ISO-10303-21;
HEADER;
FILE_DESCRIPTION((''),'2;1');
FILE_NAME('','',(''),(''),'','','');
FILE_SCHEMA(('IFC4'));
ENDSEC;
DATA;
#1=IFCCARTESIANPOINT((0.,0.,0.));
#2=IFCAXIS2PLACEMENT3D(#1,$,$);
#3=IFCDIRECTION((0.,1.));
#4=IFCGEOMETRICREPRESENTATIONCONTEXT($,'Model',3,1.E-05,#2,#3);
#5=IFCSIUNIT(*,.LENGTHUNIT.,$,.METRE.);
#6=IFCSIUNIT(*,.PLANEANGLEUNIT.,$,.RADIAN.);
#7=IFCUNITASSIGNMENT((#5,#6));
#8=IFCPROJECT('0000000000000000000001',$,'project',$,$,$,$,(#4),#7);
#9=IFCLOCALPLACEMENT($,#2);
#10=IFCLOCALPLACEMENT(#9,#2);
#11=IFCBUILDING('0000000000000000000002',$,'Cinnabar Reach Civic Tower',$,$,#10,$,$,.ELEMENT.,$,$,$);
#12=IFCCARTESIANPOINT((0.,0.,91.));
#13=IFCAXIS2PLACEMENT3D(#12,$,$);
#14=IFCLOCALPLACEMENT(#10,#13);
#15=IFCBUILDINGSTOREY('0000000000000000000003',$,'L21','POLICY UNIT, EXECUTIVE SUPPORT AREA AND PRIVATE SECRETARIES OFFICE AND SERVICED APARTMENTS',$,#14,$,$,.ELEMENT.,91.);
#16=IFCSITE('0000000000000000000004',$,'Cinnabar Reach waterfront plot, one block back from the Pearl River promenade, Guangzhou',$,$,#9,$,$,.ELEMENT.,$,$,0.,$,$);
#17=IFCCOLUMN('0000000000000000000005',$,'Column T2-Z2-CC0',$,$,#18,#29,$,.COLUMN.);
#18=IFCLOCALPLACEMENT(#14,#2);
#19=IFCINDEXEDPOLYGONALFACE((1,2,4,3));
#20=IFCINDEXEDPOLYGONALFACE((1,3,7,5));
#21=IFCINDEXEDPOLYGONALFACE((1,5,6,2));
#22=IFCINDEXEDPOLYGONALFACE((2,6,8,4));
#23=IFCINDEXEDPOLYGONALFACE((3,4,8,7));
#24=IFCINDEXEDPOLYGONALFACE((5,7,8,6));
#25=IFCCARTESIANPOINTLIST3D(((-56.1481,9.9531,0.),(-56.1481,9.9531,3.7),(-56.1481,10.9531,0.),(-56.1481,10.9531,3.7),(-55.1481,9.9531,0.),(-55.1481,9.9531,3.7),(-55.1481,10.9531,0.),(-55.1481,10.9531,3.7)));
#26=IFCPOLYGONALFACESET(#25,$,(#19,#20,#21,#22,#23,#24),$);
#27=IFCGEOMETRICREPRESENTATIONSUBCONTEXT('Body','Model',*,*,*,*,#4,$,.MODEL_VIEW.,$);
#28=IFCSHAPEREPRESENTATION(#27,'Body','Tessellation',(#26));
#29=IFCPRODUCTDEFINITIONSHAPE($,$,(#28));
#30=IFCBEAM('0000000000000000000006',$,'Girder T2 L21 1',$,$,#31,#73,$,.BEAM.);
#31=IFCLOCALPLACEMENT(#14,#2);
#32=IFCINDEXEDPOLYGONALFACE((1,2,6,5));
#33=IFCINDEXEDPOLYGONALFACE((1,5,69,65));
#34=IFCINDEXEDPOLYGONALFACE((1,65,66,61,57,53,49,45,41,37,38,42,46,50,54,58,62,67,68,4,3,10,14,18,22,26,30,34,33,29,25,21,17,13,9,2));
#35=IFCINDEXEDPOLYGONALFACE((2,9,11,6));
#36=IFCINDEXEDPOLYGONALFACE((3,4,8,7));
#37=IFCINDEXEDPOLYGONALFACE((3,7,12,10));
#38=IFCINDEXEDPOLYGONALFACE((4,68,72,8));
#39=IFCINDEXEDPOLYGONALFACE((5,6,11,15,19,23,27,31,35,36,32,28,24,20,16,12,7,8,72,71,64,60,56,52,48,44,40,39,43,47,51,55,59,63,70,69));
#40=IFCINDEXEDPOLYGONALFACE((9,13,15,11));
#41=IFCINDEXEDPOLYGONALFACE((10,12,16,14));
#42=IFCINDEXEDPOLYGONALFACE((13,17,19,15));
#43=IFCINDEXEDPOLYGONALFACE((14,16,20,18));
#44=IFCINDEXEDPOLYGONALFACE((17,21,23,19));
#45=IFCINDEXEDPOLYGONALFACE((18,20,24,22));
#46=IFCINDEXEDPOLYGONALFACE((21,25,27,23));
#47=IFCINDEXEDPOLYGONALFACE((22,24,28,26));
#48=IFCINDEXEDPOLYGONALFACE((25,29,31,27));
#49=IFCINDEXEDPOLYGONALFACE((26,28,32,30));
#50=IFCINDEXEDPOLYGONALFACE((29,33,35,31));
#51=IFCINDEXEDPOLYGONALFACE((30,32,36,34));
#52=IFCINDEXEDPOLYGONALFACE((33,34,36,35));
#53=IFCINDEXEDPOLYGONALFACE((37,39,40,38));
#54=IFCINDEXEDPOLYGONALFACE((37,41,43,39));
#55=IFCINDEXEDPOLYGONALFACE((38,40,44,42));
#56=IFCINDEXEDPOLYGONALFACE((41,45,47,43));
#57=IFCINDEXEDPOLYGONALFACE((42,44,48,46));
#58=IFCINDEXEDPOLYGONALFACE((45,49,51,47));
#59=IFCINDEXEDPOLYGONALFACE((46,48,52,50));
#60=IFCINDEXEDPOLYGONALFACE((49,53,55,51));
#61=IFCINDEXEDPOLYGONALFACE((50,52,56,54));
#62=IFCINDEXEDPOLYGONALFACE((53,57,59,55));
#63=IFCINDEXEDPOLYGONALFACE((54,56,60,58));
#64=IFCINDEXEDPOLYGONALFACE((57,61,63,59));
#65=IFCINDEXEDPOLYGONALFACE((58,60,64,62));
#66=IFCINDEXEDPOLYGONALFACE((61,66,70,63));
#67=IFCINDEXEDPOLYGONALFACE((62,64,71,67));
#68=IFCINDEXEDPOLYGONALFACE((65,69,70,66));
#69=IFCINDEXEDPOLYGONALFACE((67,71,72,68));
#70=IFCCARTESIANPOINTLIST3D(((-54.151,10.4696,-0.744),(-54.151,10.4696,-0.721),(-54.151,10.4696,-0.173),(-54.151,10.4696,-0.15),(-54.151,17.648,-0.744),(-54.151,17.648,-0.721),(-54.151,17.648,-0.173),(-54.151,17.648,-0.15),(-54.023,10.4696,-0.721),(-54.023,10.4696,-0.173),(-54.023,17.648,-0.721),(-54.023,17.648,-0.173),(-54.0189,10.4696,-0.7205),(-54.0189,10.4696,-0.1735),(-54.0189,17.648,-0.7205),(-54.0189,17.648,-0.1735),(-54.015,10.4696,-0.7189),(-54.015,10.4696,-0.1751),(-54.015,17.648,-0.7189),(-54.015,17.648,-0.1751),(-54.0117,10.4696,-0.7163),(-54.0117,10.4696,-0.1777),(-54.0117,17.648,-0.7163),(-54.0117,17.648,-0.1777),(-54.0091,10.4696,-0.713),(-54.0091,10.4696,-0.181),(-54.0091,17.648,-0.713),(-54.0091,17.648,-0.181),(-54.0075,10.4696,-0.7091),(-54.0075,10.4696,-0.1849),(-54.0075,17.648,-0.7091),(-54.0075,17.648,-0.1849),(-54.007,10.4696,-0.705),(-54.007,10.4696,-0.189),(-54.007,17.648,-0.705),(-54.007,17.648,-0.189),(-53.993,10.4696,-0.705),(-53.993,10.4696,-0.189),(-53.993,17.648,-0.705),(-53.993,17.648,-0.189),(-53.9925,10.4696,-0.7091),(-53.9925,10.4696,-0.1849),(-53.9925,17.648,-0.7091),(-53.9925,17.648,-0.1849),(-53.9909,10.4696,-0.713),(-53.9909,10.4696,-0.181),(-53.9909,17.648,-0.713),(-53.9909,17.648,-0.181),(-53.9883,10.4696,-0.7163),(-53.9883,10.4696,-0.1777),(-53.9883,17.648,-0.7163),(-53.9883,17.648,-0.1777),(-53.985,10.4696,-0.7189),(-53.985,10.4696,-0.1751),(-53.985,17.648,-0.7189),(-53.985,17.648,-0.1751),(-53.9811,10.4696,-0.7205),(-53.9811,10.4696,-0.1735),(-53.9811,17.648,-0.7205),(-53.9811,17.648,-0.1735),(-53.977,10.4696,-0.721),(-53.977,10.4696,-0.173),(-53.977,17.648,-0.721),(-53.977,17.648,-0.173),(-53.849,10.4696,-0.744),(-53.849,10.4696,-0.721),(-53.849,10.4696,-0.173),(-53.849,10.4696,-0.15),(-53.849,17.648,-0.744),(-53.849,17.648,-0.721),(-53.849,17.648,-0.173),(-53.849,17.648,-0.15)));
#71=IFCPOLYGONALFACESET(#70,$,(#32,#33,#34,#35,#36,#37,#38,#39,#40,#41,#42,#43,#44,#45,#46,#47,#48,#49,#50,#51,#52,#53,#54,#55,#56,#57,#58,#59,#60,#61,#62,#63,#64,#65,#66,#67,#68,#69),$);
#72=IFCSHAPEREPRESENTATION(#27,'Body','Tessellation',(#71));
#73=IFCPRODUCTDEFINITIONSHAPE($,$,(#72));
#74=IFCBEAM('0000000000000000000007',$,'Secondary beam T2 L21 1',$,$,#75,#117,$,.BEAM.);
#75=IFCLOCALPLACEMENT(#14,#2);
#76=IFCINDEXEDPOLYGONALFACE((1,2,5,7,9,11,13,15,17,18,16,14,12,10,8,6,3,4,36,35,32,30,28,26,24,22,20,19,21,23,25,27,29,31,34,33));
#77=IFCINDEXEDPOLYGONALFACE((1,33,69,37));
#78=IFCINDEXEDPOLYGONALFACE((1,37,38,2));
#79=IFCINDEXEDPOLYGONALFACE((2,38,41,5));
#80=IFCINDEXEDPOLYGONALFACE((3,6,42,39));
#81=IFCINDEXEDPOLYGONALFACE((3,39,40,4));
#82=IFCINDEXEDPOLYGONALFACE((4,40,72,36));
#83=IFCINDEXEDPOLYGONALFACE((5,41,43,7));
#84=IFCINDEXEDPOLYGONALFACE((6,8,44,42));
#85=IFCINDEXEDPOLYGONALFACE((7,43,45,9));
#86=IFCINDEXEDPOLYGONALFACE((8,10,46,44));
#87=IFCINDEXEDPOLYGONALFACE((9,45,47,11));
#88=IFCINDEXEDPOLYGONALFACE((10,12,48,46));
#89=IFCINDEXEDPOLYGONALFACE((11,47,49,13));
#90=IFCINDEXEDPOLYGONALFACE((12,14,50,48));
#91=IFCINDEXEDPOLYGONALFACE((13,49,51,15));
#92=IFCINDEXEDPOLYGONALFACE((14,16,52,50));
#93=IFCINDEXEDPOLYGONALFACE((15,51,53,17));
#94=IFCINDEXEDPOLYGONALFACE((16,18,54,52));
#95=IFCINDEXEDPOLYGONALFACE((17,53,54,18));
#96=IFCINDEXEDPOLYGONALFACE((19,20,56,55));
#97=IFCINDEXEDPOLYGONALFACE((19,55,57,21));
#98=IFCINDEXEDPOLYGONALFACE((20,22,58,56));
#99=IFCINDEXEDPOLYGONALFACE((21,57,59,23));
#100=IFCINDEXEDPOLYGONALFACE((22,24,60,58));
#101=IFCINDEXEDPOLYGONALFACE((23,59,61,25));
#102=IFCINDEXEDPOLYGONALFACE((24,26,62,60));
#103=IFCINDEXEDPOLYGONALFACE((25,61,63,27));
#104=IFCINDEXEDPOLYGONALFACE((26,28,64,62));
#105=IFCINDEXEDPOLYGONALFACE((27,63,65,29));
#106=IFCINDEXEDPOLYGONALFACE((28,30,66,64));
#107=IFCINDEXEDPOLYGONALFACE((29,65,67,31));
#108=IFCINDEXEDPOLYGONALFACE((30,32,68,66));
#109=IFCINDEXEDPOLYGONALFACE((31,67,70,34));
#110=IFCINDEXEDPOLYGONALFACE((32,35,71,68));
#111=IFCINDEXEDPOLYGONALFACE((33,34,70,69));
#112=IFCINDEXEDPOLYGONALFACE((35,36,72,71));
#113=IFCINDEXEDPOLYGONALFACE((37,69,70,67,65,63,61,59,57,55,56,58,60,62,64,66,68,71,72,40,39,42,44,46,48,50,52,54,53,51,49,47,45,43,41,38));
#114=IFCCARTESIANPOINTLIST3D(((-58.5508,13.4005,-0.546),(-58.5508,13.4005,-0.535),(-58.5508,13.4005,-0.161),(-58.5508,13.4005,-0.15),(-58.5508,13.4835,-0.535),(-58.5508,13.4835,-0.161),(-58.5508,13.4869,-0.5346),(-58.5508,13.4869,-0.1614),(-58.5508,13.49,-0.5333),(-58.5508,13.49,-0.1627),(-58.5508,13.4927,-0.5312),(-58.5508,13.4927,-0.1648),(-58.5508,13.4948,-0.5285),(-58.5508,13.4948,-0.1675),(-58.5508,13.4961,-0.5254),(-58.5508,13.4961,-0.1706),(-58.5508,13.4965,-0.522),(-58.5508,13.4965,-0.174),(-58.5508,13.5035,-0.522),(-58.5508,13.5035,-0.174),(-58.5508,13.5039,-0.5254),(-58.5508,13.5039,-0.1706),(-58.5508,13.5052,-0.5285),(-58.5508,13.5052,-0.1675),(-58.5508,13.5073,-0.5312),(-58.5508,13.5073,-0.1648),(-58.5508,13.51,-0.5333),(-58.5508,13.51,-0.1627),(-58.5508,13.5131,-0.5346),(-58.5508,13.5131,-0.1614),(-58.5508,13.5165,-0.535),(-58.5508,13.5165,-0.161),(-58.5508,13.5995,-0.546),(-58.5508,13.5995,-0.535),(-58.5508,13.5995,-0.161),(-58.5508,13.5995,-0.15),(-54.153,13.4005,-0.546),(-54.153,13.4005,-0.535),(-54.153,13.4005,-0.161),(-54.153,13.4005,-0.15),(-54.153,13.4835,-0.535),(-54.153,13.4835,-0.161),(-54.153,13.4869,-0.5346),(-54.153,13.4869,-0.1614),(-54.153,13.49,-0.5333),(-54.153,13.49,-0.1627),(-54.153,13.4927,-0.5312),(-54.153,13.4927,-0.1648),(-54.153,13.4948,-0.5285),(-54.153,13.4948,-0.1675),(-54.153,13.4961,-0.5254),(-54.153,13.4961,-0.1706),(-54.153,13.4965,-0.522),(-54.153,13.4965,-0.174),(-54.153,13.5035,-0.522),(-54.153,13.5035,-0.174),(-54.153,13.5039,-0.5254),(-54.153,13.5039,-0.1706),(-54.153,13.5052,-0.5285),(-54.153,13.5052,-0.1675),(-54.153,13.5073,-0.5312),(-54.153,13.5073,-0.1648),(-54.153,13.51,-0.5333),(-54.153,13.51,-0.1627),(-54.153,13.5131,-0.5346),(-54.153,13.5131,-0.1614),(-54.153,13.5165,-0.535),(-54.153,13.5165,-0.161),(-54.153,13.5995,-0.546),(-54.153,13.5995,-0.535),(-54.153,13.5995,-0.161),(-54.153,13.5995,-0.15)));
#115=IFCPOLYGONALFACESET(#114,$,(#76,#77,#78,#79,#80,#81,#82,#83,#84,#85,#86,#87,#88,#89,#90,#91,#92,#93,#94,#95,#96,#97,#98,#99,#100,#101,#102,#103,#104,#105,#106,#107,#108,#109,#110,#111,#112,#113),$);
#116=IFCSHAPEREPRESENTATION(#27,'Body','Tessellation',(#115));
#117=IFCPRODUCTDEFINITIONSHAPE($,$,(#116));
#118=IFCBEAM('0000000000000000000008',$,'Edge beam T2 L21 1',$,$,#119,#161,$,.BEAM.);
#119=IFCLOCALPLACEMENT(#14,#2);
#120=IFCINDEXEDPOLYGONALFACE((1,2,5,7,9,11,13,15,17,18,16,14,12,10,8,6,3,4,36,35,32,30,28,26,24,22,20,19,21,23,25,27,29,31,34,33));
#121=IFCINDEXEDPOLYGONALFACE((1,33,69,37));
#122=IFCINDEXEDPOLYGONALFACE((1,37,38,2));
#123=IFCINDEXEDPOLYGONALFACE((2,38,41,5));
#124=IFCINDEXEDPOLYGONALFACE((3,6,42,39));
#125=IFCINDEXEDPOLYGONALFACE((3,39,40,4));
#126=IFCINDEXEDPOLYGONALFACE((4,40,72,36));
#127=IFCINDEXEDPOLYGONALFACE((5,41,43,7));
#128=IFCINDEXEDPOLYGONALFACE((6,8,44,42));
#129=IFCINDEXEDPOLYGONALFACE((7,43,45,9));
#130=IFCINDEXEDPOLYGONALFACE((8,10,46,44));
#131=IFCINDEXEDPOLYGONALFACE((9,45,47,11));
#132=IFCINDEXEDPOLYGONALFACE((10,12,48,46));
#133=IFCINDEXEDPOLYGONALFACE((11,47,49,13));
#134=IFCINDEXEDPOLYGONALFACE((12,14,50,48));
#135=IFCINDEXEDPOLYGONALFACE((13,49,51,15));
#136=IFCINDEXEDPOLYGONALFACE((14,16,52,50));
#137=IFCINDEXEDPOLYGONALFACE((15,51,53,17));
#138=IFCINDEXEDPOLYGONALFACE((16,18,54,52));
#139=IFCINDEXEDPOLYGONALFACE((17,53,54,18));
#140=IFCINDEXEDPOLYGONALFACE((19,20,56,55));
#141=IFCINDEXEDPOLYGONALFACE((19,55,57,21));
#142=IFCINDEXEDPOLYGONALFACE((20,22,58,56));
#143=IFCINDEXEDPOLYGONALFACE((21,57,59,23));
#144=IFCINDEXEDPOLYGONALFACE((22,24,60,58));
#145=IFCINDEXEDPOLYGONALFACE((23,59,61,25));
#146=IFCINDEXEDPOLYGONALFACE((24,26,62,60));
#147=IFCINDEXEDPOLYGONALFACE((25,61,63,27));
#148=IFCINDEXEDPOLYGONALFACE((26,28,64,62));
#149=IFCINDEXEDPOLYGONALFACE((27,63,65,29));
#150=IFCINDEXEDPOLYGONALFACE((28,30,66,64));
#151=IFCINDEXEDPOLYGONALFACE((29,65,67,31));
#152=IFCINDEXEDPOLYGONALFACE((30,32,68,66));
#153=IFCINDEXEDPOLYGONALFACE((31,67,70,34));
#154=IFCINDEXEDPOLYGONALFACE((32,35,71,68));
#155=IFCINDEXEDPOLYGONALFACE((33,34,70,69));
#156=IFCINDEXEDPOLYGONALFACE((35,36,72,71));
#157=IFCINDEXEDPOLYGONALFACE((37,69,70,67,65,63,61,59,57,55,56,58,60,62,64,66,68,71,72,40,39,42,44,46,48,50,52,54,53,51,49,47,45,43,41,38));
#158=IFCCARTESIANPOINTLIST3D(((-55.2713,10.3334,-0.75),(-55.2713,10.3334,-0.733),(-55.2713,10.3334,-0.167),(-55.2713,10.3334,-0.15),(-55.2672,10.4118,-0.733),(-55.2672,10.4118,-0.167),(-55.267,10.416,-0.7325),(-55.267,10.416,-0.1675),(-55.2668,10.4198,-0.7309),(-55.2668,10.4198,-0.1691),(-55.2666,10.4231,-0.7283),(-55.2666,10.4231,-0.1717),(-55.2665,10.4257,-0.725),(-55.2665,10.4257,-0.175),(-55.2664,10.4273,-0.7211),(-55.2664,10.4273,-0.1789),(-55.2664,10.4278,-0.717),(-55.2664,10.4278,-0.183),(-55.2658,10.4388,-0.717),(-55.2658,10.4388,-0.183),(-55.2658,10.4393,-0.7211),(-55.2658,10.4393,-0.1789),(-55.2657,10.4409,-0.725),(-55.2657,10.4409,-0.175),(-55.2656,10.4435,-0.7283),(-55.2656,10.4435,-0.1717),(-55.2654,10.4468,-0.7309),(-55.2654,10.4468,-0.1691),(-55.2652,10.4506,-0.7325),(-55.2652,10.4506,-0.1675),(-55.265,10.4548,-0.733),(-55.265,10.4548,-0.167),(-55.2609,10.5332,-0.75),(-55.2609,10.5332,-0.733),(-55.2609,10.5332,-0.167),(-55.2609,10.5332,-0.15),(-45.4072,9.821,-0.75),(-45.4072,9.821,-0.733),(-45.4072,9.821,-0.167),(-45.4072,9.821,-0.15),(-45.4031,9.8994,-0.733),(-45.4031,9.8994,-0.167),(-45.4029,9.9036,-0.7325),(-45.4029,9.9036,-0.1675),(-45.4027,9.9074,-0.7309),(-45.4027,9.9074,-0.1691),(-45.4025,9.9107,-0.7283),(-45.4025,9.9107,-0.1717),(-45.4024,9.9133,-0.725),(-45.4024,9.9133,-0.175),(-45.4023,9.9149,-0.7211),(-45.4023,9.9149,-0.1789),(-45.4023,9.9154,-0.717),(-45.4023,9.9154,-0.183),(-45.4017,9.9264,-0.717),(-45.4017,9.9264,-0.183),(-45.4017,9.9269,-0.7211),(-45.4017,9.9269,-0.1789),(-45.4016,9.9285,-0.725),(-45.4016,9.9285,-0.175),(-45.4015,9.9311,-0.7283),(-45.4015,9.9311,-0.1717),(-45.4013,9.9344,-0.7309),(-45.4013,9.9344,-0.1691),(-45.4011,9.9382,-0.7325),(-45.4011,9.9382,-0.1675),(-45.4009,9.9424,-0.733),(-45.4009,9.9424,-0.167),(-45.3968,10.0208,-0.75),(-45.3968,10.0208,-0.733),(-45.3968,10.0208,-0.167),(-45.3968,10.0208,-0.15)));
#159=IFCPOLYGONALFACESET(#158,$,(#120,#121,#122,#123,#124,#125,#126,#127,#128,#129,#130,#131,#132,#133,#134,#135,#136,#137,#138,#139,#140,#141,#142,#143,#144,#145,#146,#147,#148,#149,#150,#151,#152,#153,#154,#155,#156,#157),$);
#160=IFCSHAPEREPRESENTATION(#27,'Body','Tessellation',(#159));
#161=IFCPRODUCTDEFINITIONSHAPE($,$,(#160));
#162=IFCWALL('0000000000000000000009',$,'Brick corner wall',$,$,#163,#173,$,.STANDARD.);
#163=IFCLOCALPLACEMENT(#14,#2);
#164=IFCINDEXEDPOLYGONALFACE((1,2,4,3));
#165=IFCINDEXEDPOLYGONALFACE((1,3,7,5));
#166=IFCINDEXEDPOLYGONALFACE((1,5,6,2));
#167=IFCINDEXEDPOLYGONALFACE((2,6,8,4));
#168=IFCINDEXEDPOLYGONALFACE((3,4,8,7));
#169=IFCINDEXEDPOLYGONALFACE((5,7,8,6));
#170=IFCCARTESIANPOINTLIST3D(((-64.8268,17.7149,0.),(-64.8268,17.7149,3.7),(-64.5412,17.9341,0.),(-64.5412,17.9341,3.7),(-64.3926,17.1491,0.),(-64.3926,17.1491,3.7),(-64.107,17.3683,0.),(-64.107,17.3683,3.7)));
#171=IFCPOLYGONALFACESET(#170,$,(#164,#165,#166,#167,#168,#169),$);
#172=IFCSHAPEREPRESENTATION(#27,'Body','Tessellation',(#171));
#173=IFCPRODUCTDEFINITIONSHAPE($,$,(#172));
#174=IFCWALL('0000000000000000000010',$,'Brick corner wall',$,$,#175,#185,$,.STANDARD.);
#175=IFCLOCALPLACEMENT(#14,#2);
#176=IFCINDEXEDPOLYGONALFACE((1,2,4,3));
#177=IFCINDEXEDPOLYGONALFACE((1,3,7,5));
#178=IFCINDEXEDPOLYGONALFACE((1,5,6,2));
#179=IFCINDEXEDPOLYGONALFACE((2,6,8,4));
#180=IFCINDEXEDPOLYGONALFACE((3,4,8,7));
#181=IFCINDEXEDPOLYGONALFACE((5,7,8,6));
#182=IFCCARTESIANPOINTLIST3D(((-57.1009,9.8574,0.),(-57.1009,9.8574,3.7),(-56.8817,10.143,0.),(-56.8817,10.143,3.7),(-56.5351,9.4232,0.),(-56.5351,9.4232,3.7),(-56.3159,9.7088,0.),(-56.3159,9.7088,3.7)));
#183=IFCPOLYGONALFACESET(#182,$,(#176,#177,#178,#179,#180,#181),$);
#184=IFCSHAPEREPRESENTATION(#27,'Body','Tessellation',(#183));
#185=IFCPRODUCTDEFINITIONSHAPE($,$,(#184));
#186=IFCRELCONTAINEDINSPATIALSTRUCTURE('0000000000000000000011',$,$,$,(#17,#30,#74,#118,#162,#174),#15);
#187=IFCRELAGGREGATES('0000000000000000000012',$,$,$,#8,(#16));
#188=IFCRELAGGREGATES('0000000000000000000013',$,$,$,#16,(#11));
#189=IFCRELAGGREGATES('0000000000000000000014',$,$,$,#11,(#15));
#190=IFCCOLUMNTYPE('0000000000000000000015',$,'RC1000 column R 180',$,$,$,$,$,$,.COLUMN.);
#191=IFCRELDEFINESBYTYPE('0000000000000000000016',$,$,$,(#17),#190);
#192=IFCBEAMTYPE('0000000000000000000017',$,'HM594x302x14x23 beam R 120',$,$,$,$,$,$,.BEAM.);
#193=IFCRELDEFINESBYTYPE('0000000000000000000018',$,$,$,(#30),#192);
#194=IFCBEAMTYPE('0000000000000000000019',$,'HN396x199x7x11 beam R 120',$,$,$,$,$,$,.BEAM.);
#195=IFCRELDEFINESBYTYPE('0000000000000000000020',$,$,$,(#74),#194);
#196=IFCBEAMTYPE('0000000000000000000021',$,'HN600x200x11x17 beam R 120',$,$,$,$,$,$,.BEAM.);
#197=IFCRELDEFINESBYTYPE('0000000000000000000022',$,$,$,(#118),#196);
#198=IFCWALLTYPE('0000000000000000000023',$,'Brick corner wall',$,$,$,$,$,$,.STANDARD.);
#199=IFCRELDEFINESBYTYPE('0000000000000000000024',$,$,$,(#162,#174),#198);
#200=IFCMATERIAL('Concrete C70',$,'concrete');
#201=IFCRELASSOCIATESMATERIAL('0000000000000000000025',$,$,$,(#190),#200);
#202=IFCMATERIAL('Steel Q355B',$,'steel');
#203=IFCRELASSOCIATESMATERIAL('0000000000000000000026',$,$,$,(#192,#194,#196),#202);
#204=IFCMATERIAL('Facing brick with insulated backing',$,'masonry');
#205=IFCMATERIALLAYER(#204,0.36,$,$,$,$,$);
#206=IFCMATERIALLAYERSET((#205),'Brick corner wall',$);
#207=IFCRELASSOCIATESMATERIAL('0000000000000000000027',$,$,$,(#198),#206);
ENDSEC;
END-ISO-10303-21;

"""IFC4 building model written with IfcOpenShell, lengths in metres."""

from ifc_helpers import new_model, si_unit, direction, frame, frame_2d, origin, origin_2d, place, context, subcontext, project, spatial, rectangle, i_section, extrude, material, layer, layer_set, material_profile, profile_set, type_object, element, save


model = new_model("IFC4")

# Units and contexts
model_context = context("Model", 3, precision=1e-05, world=origin(), true_north=direction((0.0, 1.0)))
body_context = subcontext(model_context, "Body", "Model", "MODEL_VIEW")
ifc_project = project(units=[si_unit("LENGTHUNIT", "METRE"), si_unit("PLANEANGLEUNIT", "RADIAN")], contexts=[model_context])

# Site, building, storey
site_placement = place(None, origin())
site = spatial("IfcSite", under=ifc_project, at=site_placement, Name="Cinnabar Reach waterfront plot, one block back from the Pearl River promenade, Guangzhou", CompositionType="ELEMENT", RefElevation=0.0)
building_placement = place(site_placement, origin())
building = spatial("IfcBuilding", under=site, at=building_placement, Name="Cinnabar Reach Civic Tower", CompositionType="ELEMENT")
storey_placement = place(building_placement, frame((0.0, 0.0, 91.0)))
storey = spatial("IfcBuildingStorey", under=building, at=storey_placement, Name="L21", Description="POLICY UNIT, EXECUTIVE SUPPORT AREA AND PRIVATE SECRETARIES OFFICE AND SERVICED APARTMENTS", CompositionType="ELEMENT", Elevation=91.0)

# Column
ifc_material_1 = material(Name="Concrete C70", Category="concrete")
ifc_material_profile_1 = material_profile(ifc_material_1, rectangle(XDim=1.0, YDim=1.0, at=origin_2d()), Name="RC1000")
ifc_profile_set_1 = profile_set([ifc_material_profile_1], Name="Concrete C70")
column_type = type_object("IfcColumnType", Name="RC1000 column R 180", PredefinedType="COLUMN", material=ifc_profile_set_1)
column_placement = place(storey_placement, frame((-55.6481, 10.4531, 0.0), z_axis=(0.0, 0.0, 1.0), x_axis=(1.0, 0.0, 0.0)))
element("IfcColumn", 1, at=column_placement, inside=storey, type_object=column_type, Name="Column T2-Z2-CC0", PredefinedType="COLUMN", context=body_context, shape_type="SweptSolid", body=[
    extrude(rectangle(XDim=1.0, YDim=1.0, at=origin_2d()), origin(), (0.0, 0.0, 1.0), 3.7),
])

# Beams
ifc_material_2 = material(Name="Steel Q355B", Category="steel")
ifc_material_profile_2 = material_profile(ifc_material_2, i_section(OverallWidth=0.302, OverallDepth=0.594, WebThickness=0.014, FlangeThickness=0.023, FilletRadius=0.016, at=origin_2d()), Name="HM594x302x14x23")
ifc_profile_set_2 = profile_set([ifc_material_profile_2], Name="Steel Q355B")
beam_type_1 = type_object("IfcBeamType", Name="HM594x302x14x23 beam R 120", PredefinedType="BEAM", material=ifc_profile_set_2)
beam_1_placement = place(storey_placement, frame((-54.0, 10.4696, -0.447), z_axis=(0.0, 1.0, 0.0), x_axis=(-1.0, 0.0, 0.0)))
element("IfcBeam", 2, at=beam_1_placement, inside=storey, type_object=beam_type_1, Name="Girder T2 L21 1", PredefinedType="BEAM", context=body_context, shape_type="SweptSolid", body=[
    extrude(i_section(OverallWidth=0.302, OverallDepth=0.594, WebThickness=0.014, FlangeThickness=0.023, FilletRadius=0.016, at=origin_2d()), origin(), (0.0, 0.0, 1.0), 7.1784),
])
ifc_material_profile_3 = material_profile(ifc_material_2, i_section(OverallWidth=0.199, OverallDepth=0.396, WebThickness=0.007, FlangeThickness=0.011, FilletRadius=0.013, at=origin_2d()), Name="HN396x199x7x11")
ifc_profile_set_3 = profile_set([ifc_material_profile_3], Name="Steel Q355B")
beam_type_2 = type_object("IfcBeamType", Name="HN396x199x7x11 beam R 120", PredefinedType="BEAM", material=ifc_profile_set_3)
beam_2_placement = place(storey_placement, frame((-58.5508, 13.5, -0.348), z_axis=(1.0, 0.0, 0.0), x_axis=(0.0, 1.0, 0.0)))
element("IfcBeam", 3, at=beam_2_placement, inside=storey, type_object=beam_type_2, Name="Secondary beam T2 L21 1", PredefinedType="BEAM", context=body_context, shape_type="SweptSolid", body=[
    extrude(i_section(OverallWidth=0.199, OverallDepth=0.396, WebThickness=0.007, FlangeThickness=0.011, FilletRadius=0.013, at=origin_2d()), origin(), (0.0, 0.0, 1.0), 4.3978),
])
ifc_material_profile_4 = material_profile(ifc_material_2, i_section(OverallWidth=0.2, OverallDepth=0.6, WebThickness=0.011, FlangeThickness=0.017, FilletRadius=0.016, at=origin_2d()), Name="HN600x200x11x17")
ifc_profile_set_4 = profile_set([ifc_material_profile_4], Name="Steel Q355B")
beam_type_3 = type_object("IfcBeamType", Name="HN600x200x11x17 beam R 120", PredefinedType="BEAM", material=ifc_profile_set_4)
beam_3_placement = place(storey_placement, frame((-55.2661, 10.4333, -0.45), z_axis=(0.998654, -0.051876, 0.0), x_axis=(0.051876, 0.998654, 0.0)))
element("IfcBeam", 4, at=beam_3_placement, inside=storey, type_object=beam_type_3, Name="Edge beam T2 L21 1", PredefinedType="BEAM", context=body_context, shape_type="SweptSolid", body=[
    extrude(i_section(OverallWidth=0.2, OverallDepth=0.6, WebThickness=0.011, FlangeThickness=0.017, FilletRadius=0.016, at=origin_2d()), origin(), (0.0, 0.0, 1.0), 9.8774),
])

# Walls
ifc_material_3 = material(Name="Facing brick with insulated backing", Category="masonry")
ifc_layer_1 = layer(ifc_material_3, 0.36)
ifc_layer_set_1 = layer_set([ifc_layer_1], Name="Brick corner wall")
wall_type_1 = type_object("IfcWallType", Name="Brick corner wall", PredefinedType="STANDARD", material=ifc_layer_set_1)
for number, where, z_axis, x_axis, name in (
    (5, (-64.684, 17.8245, 0.0), (0.0, 0.0, 1.0), (0.608802, -0.793322, 0.0), "Brick corner wall"),
    (6, (-56.9913, 10.0002, 0.0), (0.0, 0.0, 1.0), (0.793322, -0.608802, 0.0), "Brick corner wall"),
):
    element("IfcWall", number, at=place(storey_placement, frame(where, z_axis=z_axis, x_axis=x_axis)), inside=storey, type_object=wall_type_1, Name=name, PredefinedType="STANDARD", context=body_context, shape_type="SweptSolid", body=[
        extrude(rectangle(XDim=0.7132, YDim=0.36, at=frame_2d((0.3566, 0.0))), origin(), (0.0, 0.0, 1.0), 3.7),
    ])

save(model, "model.ifc")
